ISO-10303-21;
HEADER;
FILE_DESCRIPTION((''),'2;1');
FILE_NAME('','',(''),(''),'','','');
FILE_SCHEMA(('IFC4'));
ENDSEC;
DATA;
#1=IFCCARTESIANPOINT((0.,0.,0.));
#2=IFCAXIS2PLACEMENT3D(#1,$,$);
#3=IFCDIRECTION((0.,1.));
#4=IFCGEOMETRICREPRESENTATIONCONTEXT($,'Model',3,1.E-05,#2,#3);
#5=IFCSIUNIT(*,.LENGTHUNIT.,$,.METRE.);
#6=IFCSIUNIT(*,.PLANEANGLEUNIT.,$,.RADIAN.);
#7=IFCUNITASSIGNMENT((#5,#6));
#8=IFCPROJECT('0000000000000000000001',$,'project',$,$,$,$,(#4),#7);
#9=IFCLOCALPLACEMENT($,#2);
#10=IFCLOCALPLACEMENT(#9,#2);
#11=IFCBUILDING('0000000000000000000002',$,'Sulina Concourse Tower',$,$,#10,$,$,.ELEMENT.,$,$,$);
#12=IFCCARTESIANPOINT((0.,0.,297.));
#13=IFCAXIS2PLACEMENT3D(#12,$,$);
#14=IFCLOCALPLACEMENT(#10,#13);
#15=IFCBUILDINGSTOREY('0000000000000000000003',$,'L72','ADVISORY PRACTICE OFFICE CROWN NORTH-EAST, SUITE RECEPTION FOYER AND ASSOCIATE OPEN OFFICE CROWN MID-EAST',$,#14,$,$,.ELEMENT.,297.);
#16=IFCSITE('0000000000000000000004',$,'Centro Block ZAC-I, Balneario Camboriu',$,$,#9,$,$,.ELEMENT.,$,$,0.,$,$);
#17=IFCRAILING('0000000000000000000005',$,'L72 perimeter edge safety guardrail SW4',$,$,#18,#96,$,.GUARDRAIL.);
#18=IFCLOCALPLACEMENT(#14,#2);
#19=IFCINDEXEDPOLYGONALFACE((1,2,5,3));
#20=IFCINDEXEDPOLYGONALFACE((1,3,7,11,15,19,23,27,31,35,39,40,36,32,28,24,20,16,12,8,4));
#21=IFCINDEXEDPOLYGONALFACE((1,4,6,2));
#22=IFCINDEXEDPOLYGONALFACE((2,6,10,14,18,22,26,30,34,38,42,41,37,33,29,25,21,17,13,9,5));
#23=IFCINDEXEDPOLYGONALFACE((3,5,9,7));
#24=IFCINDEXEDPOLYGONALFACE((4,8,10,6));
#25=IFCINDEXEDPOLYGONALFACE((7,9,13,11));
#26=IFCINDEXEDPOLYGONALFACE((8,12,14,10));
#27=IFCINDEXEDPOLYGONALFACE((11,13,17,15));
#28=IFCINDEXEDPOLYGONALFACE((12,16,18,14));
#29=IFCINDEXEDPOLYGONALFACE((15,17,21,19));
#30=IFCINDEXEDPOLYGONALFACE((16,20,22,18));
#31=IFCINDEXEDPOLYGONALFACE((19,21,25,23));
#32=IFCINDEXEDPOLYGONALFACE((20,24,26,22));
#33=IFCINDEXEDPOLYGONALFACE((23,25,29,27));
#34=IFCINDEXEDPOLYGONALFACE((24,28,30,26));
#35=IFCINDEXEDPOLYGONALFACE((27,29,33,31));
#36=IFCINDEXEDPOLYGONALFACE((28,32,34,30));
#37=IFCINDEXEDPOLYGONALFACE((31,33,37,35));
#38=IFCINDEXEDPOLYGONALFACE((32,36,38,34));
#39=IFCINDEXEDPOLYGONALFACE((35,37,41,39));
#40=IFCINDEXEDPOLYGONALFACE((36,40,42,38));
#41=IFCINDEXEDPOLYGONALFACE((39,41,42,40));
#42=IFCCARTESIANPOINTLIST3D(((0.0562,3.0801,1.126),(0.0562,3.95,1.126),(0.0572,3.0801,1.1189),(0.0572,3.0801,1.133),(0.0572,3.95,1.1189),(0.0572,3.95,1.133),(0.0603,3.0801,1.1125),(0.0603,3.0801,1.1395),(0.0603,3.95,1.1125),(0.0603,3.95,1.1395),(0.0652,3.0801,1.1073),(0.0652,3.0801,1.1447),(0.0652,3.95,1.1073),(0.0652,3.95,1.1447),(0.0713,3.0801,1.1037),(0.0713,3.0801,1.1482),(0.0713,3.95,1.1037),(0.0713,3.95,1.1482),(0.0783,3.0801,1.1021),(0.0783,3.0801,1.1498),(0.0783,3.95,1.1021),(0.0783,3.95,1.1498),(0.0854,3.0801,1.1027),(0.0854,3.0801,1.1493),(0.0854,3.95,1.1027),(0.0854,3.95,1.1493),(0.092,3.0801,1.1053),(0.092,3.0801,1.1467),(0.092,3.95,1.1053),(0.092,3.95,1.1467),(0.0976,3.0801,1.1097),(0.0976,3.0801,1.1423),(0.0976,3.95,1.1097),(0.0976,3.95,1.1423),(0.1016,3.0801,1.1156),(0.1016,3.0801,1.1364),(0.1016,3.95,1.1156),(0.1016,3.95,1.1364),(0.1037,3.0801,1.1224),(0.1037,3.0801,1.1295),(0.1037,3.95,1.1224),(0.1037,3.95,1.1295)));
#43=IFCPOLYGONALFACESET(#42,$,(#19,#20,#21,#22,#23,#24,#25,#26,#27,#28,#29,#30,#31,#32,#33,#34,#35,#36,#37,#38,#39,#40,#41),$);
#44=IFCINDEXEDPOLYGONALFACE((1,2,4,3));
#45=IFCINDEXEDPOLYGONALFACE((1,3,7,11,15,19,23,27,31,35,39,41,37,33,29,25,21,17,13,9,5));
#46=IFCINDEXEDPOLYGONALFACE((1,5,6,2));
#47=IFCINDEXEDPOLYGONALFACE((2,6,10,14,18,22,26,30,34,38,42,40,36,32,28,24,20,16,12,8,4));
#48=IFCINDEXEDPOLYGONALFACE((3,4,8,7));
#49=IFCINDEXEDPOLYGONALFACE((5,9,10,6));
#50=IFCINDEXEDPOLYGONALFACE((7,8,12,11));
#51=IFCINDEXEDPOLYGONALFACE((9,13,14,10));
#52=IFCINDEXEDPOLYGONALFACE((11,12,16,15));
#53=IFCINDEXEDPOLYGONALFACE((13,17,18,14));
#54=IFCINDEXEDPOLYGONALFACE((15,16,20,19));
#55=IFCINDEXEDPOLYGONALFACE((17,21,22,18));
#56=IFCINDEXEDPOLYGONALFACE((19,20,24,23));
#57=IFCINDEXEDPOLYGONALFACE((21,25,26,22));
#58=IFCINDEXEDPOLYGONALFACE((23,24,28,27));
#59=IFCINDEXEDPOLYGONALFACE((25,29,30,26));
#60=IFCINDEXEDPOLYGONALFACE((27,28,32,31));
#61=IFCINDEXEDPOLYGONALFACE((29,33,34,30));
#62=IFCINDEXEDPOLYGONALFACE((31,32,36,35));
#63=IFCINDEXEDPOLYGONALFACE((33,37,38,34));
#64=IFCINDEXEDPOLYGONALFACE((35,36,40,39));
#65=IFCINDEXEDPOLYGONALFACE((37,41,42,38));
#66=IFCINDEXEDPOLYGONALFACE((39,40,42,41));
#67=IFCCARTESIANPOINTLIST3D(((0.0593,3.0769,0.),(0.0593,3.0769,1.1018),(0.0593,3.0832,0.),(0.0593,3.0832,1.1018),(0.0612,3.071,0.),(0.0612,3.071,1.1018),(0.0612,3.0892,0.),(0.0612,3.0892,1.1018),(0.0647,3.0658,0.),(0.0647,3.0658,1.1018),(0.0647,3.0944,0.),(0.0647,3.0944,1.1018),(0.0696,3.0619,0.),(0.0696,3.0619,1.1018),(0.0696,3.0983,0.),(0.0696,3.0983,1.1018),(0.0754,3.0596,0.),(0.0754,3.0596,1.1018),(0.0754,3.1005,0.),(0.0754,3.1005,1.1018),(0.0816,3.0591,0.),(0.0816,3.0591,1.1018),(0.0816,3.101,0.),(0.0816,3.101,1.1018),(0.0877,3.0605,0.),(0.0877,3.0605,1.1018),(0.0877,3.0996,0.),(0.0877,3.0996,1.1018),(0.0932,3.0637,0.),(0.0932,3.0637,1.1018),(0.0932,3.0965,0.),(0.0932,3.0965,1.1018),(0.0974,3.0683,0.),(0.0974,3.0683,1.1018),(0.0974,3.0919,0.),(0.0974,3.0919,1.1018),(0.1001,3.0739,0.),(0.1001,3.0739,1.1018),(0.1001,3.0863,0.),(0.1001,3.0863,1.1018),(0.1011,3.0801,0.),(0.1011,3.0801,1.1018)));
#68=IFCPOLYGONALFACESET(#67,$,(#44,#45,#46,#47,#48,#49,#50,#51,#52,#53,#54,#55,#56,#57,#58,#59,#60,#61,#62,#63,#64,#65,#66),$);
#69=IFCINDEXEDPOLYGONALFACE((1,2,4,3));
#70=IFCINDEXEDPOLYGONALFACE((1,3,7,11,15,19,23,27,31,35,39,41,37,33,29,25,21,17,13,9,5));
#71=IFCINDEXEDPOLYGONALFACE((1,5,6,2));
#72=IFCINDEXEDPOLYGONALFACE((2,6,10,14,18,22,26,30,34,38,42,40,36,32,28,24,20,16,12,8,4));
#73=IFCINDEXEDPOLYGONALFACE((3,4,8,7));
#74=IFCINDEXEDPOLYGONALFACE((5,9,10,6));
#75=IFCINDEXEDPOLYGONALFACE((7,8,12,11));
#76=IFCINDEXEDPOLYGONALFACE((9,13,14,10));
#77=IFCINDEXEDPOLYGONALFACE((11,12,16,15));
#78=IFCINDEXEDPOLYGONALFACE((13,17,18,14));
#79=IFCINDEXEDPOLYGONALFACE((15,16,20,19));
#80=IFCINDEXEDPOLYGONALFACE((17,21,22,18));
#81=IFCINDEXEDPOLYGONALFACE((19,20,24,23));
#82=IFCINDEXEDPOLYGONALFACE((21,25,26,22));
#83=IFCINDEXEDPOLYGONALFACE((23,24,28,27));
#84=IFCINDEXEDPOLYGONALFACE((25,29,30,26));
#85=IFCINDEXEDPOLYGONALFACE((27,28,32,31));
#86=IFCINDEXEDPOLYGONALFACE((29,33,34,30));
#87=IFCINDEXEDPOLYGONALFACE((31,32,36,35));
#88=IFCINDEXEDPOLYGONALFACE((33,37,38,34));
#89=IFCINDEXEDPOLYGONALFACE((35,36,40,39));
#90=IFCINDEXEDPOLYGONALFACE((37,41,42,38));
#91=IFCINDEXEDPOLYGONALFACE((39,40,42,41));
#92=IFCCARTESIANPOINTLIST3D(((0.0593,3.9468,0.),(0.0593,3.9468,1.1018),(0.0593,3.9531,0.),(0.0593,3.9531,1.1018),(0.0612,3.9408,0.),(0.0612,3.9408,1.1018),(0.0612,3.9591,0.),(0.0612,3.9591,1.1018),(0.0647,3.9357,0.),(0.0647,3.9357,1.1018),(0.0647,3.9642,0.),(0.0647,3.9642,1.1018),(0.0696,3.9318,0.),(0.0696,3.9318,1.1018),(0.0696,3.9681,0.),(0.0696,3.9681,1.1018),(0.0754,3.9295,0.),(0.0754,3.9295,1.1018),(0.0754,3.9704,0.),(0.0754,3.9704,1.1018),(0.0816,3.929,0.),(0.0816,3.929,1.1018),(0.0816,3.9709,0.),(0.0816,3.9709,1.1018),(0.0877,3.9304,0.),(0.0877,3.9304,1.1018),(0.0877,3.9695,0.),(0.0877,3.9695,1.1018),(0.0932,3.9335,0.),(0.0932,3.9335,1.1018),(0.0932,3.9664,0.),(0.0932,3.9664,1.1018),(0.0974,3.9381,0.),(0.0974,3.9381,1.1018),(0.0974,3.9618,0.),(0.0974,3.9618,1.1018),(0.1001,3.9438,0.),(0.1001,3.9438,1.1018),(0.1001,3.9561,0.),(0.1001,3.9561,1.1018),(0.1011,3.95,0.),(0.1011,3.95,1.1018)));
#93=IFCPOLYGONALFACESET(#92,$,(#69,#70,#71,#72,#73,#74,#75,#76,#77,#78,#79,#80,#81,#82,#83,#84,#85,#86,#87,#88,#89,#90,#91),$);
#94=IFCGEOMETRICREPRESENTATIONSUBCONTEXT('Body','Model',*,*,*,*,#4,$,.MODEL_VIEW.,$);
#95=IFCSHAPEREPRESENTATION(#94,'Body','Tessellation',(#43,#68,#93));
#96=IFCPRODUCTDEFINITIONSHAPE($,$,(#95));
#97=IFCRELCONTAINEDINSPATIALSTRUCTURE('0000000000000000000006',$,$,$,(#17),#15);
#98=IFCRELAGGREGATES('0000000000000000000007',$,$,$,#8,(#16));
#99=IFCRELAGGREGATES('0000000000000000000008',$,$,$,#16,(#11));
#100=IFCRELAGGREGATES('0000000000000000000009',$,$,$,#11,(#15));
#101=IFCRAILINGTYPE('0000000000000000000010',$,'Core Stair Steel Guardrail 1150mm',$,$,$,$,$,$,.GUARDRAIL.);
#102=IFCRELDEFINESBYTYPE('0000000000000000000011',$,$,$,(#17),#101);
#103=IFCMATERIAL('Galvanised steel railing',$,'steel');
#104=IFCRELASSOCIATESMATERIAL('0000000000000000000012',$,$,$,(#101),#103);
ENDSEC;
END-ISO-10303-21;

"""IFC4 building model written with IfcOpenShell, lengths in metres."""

from ifc_helpers import new_model, si_unit, direction, frame, origin, origin_2d, place, context, subcontext, project, spatial, circle, extrude, material, type_object, element, save


model = new_model("IFC4")

# Units and contexts
model_context = context("Model", 3, precision=1e-05, world=origin(), true_north=direction((0.0, 1.0)))
body_context = subcontext(model_context, "Body", "Model", "MODEL_VIEW")
ifc_project = project(units=[si_unit("LENGTHUNIT", "METRE"), si_unit("PLANEANGLEUNIT", "RADIAN")], contexts=[model_context])

# Site, building, storey
site_placement = place(None, origin())
site = spatial("IfcSite", under=ifc_project, at=site_placement, Name="Centro Block ZAC-I, Balneario Camboriu", CompositionType="ELEMENT", RefElevation=0.0)
building_placement = place(site_placement, origin())
building = spatial("IfcBuilding", under=site, at=building_placement, Name="Sulina Concourse Tower", CompositionType="ELEMENT")
storey_placement = place(building_placement, frame((0.0, 0.0, 297.0)))
storey = spatial("IfcBuildingStorey", under=building, at=storey_placement, Name="L72", Description="ADVISORY PRACTICE OFFICE CROWN NORTH-EAST, SUITE RECEPTION FOYER AND ASSOCIATE OPEN OFFICE CROWN MID-EAST", CompositionType="ELEMENT", Elevation=297.0)

# Railing
ifc_material_1 = material(Name="Galvanised steel railing", Category="steel")
railing_type = type_object("IfcRailingType", Name="Core Stair Steel Guardrail 1150mm", PredefinedType="GUARDRAIL", material=ifc_material_1)
railing_1_placement = place(storey_placement, frame((0.0801, 3.0801, 0.0)))
element("IfcRailing", 1, at=railing_1_placement, inside=storey, type_object=railing_type, Name="L72 perimeter edge safety guardrail SW4", PredefinedType="GUARDRAIL", context=body_context, shape_type="SweptSolid", body=[
    extrude(circle(Radius=0.0239, at=origin_2d()), frame((0.0, 0.0, 1.126), z_axis=(0.0, 1.0, 0.0), x_axis=(-1.0, 0.0, 0.0)), (0.0, 0.0, 1.0), 0.8699),
    extrude(circle(Radius=0.021, at=origin_2d()), origin(), (0.0, 0.0, 1.0), 1.1018),
    extrude(circle(Radius=0.021, at=origin_2d()), frame((0.0, 0.8699, 0.0)), (0.0, 0.0, 1.0), 1.1018),
])

save(model, "model.ifc")
